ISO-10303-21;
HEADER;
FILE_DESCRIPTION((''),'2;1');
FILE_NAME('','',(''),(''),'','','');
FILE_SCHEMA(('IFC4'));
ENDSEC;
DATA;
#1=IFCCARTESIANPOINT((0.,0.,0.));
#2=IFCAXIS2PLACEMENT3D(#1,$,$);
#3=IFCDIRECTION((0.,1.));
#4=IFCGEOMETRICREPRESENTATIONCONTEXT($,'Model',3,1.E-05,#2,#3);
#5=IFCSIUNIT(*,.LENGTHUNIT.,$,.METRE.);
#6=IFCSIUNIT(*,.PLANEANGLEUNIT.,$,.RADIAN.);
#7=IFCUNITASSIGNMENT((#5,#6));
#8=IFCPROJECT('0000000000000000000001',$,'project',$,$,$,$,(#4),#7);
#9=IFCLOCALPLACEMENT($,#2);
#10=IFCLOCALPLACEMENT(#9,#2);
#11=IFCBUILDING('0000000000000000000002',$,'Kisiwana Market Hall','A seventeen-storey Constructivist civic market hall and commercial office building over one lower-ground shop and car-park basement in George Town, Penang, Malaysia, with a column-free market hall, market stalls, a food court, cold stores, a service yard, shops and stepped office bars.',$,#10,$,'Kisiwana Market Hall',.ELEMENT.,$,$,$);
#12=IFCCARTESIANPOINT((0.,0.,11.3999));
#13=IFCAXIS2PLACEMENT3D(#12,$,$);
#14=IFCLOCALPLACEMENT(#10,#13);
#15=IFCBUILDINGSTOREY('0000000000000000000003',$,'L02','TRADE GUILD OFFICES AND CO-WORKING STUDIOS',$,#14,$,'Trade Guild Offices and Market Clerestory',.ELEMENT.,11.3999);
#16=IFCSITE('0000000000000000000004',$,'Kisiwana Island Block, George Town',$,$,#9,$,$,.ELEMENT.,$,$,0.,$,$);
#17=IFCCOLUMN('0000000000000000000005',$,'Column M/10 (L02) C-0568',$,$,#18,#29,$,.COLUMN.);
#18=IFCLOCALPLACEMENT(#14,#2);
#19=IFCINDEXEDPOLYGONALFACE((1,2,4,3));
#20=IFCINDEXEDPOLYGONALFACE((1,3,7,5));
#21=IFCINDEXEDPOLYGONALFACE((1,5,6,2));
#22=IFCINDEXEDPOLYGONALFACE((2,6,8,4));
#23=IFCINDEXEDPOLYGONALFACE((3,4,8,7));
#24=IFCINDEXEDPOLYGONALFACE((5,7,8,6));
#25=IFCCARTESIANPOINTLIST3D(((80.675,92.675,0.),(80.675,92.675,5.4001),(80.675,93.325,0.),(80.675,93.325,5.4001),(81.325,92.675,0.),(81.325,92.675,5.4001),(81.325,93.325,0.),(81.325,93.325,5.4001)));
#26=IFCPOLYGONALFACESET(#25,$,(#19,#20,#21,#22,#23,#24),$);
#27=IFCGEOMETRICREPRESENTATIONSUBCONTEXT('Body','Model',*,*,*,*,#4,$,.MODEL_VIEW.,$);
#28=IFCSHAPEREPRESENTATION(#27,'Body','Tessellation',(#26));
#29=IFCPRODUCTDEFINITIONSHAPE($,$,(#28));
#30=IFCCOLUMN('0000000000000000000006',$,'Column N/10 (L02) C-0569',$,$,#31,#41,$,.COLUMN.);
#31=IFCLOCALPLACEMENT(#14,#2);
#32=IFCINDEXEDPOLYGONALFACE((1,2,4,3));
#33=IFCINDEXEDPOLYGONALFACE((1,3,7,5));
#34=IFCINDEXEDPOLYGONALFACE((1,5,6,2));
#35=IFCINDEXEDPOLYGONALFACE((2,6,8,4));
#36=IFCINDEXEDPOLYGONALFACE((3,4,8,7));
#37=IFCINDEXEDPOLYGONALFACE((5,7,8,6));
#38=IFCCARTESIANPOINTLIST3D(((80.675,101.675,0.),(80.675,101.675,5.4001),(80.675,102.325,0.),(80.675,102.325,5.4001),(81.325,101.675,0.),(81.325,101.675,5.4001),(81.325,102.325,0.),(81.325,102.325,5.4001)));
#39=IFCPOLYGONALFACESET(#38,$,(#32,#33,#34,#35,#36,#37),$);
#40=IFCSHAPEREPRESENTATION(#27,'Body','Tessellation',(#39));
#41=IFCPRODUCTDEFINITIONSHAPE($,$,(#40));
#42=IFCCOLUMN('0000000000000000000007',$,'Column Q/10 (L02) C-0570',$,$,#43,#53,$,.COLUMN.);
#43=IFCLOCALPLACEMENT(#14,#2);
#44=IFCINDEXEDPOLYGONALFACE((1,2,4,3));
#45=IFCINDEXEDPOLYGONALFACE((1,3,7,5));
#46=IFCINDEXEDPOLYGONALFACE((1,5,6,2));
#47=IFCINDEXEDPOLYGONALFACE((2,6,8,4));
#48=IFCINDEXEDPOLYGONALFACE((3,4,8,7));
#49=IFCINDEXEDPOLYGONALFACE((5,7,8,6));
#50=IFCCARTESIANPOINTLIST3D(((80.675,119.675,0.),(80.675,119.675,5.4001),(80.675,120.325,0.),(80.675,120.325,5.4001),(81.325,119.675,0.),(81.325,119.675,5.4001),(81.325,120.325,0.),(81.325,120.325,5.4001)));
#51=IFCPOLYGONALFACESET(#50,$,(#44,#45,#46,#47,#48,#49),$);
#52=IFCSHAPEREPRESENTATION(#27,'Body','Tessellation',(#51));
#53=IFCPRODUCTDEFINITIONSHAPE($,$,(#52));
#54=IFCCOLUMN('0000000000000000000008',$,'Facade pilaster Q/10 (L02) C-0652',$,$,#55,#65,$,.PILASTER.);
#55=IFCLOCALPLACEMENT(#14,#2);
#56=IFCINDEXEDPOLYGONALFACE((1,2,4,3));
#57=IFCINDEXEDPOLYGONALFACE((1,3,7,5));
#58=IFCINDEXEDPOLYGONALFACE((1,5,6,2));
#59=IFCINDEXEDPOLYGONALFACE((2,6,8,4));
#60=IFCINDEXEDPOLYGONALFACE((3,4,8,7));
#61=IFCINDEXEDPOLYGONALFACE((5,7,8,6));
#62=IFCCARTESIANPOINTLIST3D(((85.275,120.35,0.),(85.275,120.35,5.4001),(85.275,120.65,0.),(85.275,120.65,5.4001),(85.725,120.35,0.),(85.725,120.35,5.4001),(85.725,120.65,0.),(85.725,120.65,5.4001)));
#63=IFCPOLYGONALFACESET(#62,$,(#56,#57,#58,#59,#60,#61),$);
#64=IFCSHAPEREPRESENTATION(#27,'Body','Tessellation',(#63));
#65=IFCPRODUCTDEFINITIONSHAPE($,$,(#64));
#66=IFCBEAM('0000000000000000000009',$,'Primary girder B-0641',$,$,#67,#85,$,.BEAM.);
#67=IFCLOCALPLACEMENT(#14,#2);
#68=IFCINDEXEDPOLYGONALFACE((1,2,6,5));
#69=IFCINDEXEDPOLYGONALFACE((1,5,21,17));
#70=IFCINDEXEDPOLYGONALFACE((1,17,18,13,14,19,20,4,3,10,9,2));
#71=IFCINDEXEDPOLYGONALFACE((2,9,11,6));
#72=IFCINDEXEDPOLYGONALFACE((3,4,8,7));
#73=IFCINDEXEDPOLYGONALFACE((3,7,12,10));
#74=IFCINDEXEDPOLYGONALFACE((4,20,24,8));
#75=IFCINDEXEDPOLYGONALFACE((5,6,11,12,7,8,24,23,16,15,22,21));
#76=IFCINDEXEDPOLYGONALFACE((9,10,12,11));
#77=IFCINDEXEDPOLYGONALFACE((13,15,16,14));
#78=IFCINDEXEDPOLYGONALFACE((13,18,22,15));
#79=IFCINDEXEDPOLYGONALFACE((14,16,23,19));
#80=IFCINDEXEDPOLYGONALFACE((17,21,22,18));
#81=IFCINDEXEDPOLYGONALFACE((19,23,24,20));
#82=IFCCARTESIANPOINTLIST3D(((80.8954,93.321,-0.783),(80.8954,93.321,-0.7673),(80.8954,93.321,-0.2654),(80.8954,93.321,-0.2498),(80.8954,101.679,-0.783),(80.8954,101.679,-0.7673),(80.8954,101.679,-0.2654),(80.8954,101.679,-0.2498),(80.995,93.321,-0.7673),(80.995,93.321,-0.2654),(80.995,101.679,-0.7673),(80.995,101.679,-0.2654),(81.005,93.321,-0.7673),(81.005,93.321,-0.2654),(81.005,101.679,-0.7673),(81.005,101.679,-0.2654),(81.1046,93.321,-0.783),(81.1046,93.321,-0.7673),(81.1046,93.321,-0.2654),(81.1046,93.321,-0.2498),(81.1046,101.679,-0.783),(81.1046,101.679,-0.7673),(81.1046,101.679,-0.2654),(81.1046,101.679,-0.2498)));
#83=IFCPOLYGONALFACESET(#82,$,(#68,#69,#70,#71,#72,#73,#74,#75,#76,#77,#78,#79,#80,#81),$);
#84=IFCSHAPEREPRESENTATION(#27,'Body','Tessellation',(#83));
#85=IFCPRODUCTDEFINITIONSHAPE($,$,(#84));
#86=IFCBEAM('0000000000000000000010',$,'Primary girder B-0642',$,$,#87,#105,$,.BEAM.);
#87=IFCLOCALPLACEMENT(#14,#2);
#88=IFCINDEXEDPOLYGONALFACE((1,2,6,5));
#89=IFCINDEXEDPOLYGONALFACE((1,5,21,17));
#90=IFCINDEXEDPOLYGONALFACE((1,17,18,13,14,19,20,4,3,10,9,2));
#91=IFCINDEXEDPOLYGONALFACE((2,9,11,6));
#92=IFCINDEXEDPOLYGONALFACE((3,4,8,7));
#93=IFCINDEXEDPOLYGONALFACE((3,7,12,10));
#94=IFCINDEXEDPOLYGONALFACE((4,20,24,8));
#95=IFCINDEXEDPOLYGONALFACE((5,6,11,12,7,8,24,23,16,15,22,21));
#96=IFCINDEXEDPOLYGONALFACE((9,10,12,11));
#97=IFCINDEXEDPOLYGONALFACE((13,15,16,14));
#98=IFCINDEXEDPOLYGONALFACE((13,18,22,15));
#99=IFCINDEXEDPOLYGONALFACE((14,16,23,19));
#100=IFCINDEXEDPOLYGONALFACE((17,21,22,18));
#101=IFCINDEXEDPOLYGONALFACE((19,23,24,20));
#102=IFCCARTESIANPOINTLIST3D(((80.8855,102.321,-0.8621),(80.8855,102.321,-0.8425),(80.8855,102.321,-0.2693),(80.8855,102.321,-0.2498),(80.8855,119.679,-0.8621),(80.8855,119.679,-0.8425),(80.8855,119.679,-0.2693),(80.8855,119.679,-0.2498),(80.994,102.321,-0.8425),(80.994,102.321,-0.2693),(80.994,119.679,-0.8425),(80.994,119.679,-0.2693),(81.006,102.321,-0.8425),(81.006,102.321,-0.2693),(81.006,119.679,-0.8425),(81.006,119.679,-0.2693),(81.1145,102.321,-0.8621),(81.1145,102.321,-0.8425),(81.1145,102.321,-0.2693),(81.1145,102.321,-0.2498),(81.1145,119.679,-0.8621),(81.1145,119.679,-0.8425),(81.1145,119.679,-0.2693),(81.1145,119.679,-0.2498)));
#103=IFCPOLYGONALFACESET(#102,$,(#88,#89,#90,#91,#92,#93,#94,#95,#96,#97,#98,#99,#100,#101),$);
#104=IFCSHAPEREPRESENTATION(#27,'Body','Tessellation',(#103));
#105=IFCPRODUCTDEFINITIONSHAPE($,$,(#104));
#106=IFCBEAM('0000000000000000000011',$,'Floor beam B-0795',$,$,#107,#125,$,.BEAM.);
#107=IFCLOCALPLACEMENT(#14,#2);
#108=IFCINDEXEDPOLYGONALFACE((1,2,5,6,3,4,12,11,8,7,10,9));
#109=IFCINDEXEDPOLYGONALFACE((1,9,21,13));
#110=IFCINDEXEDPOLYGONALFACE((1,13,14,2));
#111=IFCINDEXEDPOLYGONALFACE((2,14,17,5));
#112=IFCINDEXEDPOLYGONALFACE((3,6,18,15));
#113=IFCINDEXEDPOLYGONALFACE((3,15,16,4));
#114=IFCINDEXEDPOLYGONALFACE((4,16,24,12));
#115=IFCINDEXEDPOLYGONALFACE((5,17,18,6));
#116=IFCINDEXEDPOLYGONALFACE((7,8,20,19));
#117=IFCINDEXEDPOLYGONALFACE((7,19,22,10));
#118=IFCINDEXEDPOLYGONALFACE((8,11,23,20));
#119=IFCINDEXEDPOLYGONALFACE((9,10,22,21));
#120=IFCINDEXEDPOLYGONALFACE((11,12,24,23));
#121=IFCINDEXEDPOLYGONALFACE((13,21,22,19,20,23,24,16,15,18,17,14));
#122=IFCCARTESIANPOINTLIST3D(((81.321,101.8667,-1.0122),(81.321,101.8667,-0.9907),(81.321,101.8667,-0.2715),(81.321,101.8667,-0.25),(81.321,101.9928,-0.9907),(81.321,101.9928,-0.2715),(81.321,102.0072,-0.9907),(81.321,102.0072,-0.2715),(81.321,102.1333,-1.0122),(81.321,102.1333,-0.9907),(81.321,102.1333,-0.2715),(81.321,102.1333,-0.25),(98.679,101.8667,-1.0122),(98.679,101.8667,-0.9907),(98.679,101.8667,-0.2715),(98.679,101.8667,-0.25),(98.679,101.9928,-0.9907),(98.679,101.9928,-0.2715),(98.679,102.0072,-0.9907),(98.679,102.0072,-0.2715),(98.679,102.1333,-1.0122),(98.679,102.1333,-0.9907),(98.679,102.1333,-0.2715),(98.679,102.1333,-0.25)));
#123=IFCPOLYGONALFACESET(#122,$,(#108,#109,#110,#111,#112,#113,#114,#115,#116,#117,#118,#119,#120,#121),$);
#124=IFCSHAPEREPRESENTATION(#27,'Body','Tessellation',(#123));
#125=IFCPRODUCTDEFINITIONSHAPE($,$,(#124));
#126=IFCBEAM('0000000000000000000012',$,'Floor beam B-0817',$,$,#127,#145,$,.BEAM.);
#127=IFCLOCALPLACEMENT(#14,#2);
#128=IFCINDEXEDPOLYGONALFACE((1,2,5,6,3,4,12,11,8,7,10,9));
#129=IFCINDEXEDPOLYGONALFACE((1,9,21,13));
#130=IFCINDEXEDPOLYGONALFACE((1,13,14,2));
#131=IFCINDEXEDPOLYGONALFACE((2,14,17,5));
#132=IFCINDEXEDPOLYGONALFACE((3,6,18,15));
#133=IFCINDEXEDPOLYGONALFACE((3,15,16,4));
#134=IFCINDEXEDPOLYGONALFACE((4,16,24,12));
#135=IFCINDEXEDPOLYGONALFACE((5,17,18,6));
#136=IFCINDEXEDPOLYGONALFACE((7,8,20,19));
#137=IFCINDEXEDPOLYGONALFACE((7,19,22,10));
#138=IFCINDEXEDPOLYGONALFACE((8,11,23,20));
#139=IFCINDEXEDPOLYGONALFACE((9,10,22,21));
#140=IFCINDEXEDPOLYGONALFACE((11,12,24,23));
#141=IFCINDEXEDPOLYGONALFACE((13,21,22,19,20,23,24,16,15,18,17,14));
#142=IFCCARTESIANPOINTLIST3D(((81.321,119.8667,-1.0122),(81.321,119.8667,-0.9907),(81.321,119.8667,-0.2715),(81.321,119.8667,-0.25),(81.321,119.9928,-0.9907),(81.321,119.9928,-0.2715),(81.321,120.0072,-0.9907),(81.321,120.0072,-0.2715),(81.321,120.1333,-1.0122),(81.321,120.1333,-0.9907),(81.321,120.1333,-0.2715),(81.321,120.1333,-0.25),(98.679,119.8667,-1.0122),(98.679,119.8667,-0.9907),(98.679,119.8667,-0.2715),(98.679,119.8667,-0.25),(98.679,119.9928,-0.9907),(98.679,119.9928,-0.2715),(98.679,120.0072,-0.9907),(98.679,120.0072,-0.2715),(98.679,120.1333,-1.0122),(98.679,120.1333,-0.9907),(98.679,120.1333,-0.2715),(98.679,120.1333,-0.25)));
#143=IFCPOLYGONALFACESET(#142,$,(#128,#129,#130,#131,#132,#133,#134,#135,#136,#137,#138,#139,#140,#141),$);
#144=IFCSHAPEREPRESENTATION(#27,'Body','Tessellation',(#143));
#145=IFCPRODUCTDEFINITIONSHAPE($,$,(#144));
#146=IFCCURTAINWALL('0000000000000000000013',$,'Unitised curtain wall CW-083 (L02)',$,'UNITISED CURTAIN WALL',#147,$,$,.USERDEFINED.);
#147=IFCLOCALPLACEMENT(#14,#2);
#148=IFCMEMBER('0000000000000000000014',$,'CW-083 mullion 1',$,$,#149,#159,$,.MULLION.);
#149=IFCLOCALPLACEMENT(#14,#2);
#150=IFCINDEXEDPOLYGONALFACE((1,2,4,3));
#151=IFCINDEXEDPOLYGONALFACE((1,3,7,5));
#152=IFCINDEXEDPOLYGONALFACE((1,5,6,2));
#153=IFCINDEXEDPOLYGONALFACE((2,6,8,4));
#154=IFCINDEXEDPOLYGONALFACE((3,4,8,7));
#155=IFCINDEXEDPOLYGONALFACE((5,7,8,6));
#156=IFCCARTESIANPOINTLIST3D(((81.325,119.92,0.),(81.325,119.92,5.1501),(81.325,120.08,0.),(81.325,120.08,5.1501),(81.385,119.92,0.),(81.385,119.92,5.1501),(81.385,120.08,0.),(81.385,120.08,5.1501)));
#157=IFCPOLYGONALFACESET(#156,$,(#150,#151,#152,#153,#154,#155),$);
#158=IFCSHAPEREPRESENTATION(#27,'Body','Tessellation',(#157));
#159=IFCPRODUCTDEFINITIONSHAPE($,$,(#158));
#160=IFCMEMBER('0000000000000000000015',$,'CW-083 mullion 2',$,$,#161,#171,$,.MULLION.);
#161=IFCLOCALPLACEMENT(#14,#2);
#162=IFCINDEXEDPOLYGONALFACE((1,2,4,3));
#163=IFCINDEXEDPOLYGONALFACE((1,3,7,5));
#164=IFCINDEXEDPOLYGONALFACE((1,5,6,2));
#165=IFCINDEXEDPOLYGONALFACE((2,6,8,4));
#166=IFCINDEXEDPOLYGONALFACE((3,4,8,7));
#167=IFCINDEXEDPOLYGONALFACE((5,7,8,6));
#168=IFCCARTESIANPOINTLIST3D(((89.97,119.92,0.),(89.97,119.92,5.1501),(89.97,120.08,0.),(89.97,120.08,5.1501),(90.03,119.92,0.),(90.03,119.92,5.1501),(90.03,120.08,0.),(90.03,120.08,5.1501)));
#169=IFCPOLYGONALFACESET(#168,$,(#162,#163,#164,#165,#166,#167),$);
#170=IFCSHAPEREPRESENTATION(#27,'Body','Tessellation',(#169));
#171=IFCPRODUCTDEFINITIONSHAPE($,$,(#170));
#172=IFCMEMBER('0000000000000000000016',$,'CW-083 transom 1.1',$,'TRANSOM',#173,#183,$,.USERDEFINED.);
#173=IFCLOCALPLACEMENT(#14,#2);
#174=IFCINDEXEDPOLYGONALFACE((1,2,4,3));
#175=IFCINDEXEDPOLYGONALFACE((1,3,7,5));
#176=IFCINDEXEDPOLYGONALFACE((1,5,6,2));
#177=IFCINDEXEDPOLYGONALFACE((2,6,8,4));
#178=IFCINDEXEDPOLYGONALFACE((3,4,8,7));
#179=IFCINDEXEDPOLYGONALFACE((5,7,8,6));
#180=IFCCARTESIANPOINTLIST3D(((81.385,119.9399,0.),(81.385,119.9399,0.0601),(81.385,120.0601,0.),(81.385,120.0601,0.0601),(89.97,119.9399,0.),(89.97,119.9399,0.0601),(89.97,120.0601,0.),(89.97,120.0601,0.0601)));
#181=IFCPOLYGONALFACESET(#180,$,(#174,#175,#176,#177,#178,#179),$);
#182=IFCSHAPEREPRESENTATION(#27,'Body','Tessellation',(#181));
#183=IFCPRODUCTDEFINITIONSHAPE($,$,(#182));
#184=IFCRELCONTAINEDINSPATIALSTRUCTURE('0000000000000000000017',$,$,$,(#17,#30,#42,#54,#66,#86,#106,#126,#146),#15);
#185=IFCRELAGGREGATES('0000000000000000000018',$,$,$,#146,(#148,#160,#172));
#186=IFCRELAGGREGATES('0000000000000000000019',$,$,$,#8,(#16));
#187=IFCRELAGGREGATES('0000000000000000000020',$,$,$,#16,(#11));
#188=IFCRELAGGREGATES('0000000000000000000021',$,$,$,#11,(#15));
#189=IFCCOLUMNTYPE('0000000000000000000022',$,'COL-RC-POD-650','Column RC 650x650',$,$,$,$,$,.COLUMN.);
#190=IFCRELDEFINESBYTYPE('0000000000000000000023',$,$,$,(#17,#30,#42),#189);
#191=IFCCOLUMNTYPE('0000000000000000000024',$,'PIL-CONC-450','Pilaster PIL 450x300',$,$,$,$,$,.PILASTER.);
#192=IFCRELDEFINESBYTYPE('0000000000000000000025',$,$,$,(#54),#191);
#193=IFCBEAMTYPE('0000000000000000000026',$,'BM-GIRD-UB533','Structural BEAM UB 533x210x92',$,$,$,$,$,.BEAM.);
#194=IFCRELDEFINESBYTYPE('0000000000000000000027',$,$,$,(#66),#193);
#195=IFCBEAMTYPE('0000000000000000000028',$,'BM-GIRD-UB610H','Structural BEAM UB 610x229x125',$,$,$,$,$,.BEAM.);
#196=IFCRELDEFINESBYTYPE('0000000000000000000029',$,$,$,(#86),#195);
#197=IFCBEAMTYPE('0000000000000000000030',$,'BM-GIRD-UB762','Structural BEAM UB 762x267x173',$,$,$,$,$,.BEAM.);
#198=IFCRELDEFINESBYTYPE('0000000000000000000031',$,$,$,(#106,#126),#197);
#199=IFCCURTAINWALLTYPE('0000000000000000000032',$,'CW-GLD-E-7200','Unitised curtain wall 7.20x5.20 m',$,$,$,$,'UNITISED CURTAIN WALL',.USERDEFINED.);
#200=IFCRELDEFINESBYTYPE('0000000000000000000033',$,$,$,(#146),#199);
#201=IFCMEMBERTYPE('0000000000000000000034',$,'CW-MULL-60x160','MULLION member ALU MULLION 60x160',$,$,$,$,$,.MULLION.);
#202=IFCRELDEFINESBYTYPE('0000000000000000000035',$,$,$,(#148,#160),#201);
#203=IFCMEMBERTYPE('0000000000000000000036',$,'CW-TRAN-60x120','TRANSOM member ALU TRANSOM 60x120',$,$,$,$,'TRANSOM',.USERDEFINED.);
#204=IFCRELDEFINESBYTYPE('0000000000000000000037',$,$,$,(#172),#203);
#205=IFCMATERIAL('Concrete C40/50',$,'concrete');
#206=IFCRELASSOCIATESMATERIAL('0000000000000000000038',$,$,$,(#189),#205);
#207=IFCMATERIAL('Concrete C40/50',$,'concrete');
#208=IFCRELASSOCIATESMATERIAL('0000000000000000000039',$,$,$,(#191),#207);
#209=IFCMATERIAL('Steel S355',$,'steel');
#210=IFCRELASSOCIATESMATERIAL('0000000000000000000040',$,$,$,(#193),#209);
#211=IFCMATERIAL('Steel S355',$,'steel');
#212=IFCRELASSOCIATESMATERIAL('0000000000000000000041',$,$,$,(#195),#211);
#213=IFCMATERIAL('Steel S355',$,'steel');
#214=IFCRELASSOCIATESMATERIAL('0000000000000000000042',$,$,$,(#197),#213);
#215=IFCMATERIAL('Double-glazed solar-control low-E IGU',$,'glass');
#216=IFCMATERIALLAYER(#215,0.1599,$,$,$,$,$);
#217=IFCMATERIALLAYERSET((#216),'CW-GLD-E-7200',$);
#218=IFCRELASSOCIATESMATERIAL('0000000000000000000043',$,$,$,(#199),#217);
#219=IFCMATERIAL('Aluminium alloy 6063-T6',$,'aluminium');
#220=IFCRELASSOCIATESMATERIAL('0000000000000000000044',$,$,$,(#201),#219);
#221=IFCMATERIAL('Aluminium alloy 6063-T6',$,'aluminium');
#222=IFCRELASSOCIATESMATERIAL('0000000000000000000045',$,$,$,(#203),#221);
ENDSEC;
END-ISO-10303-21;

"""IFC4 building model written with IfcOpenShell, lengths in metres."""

from ifc_helpers import new_model, si_unit, direction, frame, origin, origin_2d, place, context, subcontext, project, spatial, rectangle, i_section, extrude, material, layer, layer_set, material_profile, profile_set, type_object, element, aggregate, save


model = new_model("IFC4")

# Units and contexts
model_context = context("Model", 3, precision=1e-05, world=origin(), true_north=direction((0.0, 1.0)))
body_context = subcontext(model_context, "Body", "Model", "MODEL_VIEW")
ifc_project = project(units=[si_unit("LENGTHUNIT", "METRE"), si_unit("PLANEANGLEUNIT", "RADIAN")], contexts=[model_context])

# Site, building, storey
site_placement = place(None, origin())
site = spatial("IfcSite", under=ifc_project, at=site_placement, Name="Kisiwana Island Block, George Town", CompositionType="ELEMENT", RefElevation=0.0)
building_placement = place(site_placement, origin())
building = spatial("IfcBuilding", under=site, at=building_placement, Name="Kisiwana Market Hall", Description="A seventeen-storey Constructivist civic market hall and commercial office building over one lower-ground shop and car-park basement in George Town, Penang, Malaysia, with a column-free market hall, market stalls, a food court, cold stores, a service yard, shops and stepped office bars.", LongName="Kisiwana Market Hall", CompositionType="ELEMENT")
storey_placement = place(building_placement, frame((0.0, 0.0, 11.3999)))
storey = spatial("IfcBuildingStorey", under=building, at=storey_placement, Name="L02", Description="TRADE GUILD OFFICES AND CO-WORKING STUDIOS", LongName="Trade Guild Offices and Market Clerestory", CompositionType="ELEMENT", Elevation=11.3999)

# Columns
ifc_material_1 = material(Name="Concrete C40/50", Category="concrete")
ifc_material_profile_1 = material_profile(ifc_material_1, rectangle(XDim=0.6499, YDim=0.6499, at=origin_2d()), Name="RC 650x650")
ifc_profile_set_1 = profile_set([ifc_material_profile_1], Name="Concrete C40/50")
column_type_1 = type_object("IfcColumnType", Name="COL-RC-POD-650", Description="Column RC 650x650", PredefinedType="COLUMN", material=ifc_profile_set_1)
for number, where, z_axis, x_axis, name in (
    (1, (81.0, 93.0, 0.0), (0.0, 0.0, 1.0), (1.0, 0.0, 0.0), "Column M/10 (L02) C-0568"),
    (2, (81.0, 102.0, 0.0), (0.0, 0.0, 1.0), (1.0, 0.0, 0.0), "Column N/10 (L02) C-0569"),
    (3, (81.0, 120.0, 0.0), (0.0, 0.0, 1.0), (1.0, 0.0, 0.0), "Column Q/10 (L02) C-0570"),
):
    element("IfcColumn", number, at=place(storey_placement, frame(where, z_axis=z_axis, x_axis=x_axis)), inside=storey, type_object=column_type_1, Name=name, PredefinedType="COLUMN", context=body_context, shape_type="SweptSolid", body=[
        extrude(rectangle(XDim=0.6499, YDim=0.6499, at=origin_2d()), origin(), (0.0, 0.0, 1.0), 5.4001),
    ])
ifc_material_2 = material(Name="Concrete C40/50", Category="concrete")
ifc_material_profile_2 = material_profile(ifc_material_2, rectangle(XDim=0.45, YDim=0.3, at=origin_2d()), Name="PIL 450x300")
ifc_profile_set_2 = profile_set([ifc_material_profile_2], Name="Concrete C40/50")
column_type_2 = type_object("IfcColumnType", Name="PIL-CONC-450", Description="Pilaster PIL 450x300", PredefinedType="PILASTER", material=ifc_profile_set_2)
column_placement = place(storey_placement, frame((85.5, 120.5, 0.0), z_axis=(0.0, 0.0, 1.0), x_axis=(1.0, 0.0, 0.0)))
element("IfcColumn", 4, at=column_placement, inside=storey, type_object=column_type_2, Name="Facade pilaster Q/10 (L02) C-0652", PredefinedType="PILASTER", context=body_context, shape_type="SweptSolid", body=[
    extrude(rectangle(XDim=0.45, YDim=0.3, at=origin_2d()), origin(), (0.0, 0.0, 1.0), 5.4001),
])

# Beams
ifc_material_3 = material(Name="Steel S355", Category="steel")
ifc_material_profile_3 = material_profile(ifc_material_3, i_section(OverallWidth=0.2092, OverallDepth=0.5332, WebThickness=0.01, FlangeThickness=0.0156, at=origin_2d()), Name="UB 533x210x92")
ifc_profile_set_3 = profile_set([ifc_material_profile_3], Name="Steel S355")
beam_type_1 = type_object("IfcBeamType", Name="BM-GIRD-UB533", Description="Structural BEAM UB 533x210x92", PredefinedType="BEAM", material=ifc_profile_set_3)
beam_1_placement = place(storey_placement, frame((81.0, 93.321, -0.5164), z_axis=(0.0, 1.0, 0.0), x_axis=(-1.0, 0.0, 0.0)))
element("IfcBeam", 5, at=beam_1_placement, inside=storey, type_object=beam_type_1, Name="Primary girder B-0641", PredefinedType="BEAM", context=body_context, shape_type="SweptSolid", body=[
    extrude(i_section(OverallWidth=0.2092, OverallDepth=0.5332, WebThickness=0.01, FlangeThickness=0.0156, at=origin_2d()), origin(), (0.0, 0.0, 1.0), 8.3579),
])
ifc_material_4 = material(Name="Steel S355", Category="steel")
ifc_material_profile_4 = material_profile(ifc_material_4, i_section(OverallWidth=0.229, OverallDepth=0.6123, WebThickness=0.012, FlangeThickness=0.0195, at=origin_2d()), Name="UB 610x229x125")
ifc_profile_set_4 = profile_set([ifc_material_profile_4], Name="Steel S355")
beam_type_2 = type_object("IfcBeamType", Name="BM-GIRD-UB610H", Description="Structural BEAM UB 610x229x125", PredefinedType="BEAM", material=ifc_profile_set_4)
beam_2_placement = place(storey_placement, frame((81.0, 102.321, -0.5559), z_axis=(0.0, 1.0, 0.0), x_axis=(-1.0, 0.0, 0.0)))
element("IfcBeam", 6, at=beam_2_placement, inside=storey, type_object=beam_type_2, Name="Primary girder B-0642", PredefinedType="BEAM", context=body_context, shape_type="SweptSolid", body=[
    extrude(i_section(OverallWidth=0.229, OverallDepth=0.6123, WebThickness=0.012, FlangeThickness=0.0195, at=origin_2d()), origin(), (0.0, 0.0, 1.0), 17.3579),
])
ifc_material_5 = material(Name="Steel S355", Category="steel")
ifc_material_profile_5 = material_profile(ifc_material_5, i_section(OverallWidth=0.2666, OverallDepth=0.7622, WebThickness=0.0144, FlangeThickness=0.0215, at=origin_2d()), Name="UB 762x267x173")
ifc_profile_set_5 = profile_set([ifc_material_profile_5], Name="Steel S355")
beam_type_3 = type_object("IfcBeamType", Name="BM-GIRD-UB762", Description="Structural BEAM UB 762x267x173", PredefinedType="BEAM", material=ifc_profile_set_5)
for number, where, z_axis, x_axis, name in (
    (7, (81.321, 102.0, -0.6311), (1.0, 0.0, 0.0), (0.0, 1.0, 0.0), "Floor beam B-0795"),
    (8, (81.321, 120.0, -0.6311), (1.0, 0.0, 0.0), (0.0, 1.0, 0.0), "Floor beam B-0817"),
):
    element("IfcBeam", number, at=place(storey_placement, frame(where, z_axis=z_axis, x_axis=x_axis)), inside=storey, type_object=beam_type_3, Name=name, PredefinedType="BEAM", context=body_context, shape_type="SweptSolid", body=[
        extrude(i_section(OverallWidth=0.2666, OverallDepth=0.7622, WebThickness=0.0144, FlangeThickness=0.0215, at=origin_2d()), origin(), (0.0, 0.0, 1.0), 17.3579),
    ])

# Curtain wall, members
ifc_material_6 = material(Name="Double-glazed solar-control low-E IGU", Category="glass")
ifc_layer_1 = layer(ifc_material_6, 0.1599)
ifc_layer_set_1 = layer_set([ifc_layer_1], Name="CW-GLD-E-7200")
curtain_wall_type = type_object("IfcCurtainWallType", Name="CW-GLD-E-7200", Description="Unitised curtain wall 7.20x5.20 m", ElementType="UNITISED CURTAIN WALL", PredefinedType="USERDEFINED", material=ifc_layer_set_1)
curtain_wall_placement = place(storey_placement, origin())
curtain_wall = element("IfcCurtainWall", 9, at=curtain_wall_placement, inside=storey, type_object=curtain_wall_type, Name="Unitised curtain wall CW-083 (L02)", ObjectType="UNITISED CURTAIN WALL", PredefinedType="USERDEFINED")
ifc_material_7 = material(Name="Aluminium alloy 6063-T6", Category="aluminium")
ifc_material_profile_6 = material_profile(ifc_material_7, rectangle(XDim=0.0601, YDim=0.1599, at=origin_2d()), Name="ALU MULLION 60x160")
ifc_profile_set_6 = profile_set([ifc_material_profile_6], Name="Aluminium alloy 6063-T6")
member_type_1 = type_object("IfcMemberType", Name="CW-MULL-60x160", Description="MULLION member ALU MULLION 60x160", PredefinedType="MULLION", material=ifc_profile_set_6)
member_1_placement = place(storey_placement, frame((81.355, 120.0, 0.0), z_axis=(0.0, 0.0, 1.0), x_axis=(1.0, 0.0, 0.0)))
member_1 = element("IfcMember", 10, at=member_1_placement, type_object=member_type_1, Name="CW-083 mullion 1", PredefinedType="MULLION", context=body_context, shape_type="SweptSolid", body=[
    extrude(rectangle(XDim=0.0601, YDim=0.1599, at=origin_2d()), origin(), (0.0, 0.0, 1.0), 5.1501),
])
member_2_placement = place(storey_placement, frame((90.0, 120.0, 0.0), z_axis=(0.0, 0.0, 1.0), x_axis=(1.0, 0.0, 0.0)))
member_2 = element("IfcMember", 11, at=member_2_placement, type_object=member_type_1, Name="CW-083 mullion 2", PredefinedType="MULLION", context=body_context, shape_type="SweptSolid", body=[
    extrude(rectangle(XDim=0.0601, YDim=0.1599, at=origin_2d()), origin(), (0.0, 0.0, 1.0), 5.1501),
])
ifc_material_8 = material(Name="Aluminium alloy 6063-T6", Category="aluminium")
ifc_material_profile_7 = material_profile(ifc_material_8, rectangle(XDim=0.1201, YDim=0.0601, at=origin_2d()), Name="ALU TRANSOM 60x120")
ifc_profile_set_7 = profile_set([ifc_material_profile_7], Name="Aluminium alloy 6063-T6")
member_type_2 = type_object("IfcMemberType", Name="CW-TRAN-60x120", Description="TRANSOM member ALU TRANSOM 60x120", ElementType="TRANSOM", PredefinedType="USERDEFINED", material=ifc_profile_set_7)
member_3_placement = place(storey_placement, frame((81.385, 120.0, 0.03), z_axis=(1.0, 0.0, 0.0), x_axis=(0.0, 1.0, 0.0)))
member_3 = element("IfcMember", 12, at=member_3_placement, type_object=member_type_2, Name="CW-083 transom 1.1", ObjectType="TRANSOM", PredefinedType="USERDEFINED", context=body_context, shape_type="SweptSolid", body=[
    extrude(rectangle(XDim=0.1201, YDim=0.0601, at=origin_2d()), origin(), (0.0, 0.0, 1.0), 8.585),
])
aggregate(curtain_wall, [member_1, member_2, member_3])

save(model, "model.ifc")
